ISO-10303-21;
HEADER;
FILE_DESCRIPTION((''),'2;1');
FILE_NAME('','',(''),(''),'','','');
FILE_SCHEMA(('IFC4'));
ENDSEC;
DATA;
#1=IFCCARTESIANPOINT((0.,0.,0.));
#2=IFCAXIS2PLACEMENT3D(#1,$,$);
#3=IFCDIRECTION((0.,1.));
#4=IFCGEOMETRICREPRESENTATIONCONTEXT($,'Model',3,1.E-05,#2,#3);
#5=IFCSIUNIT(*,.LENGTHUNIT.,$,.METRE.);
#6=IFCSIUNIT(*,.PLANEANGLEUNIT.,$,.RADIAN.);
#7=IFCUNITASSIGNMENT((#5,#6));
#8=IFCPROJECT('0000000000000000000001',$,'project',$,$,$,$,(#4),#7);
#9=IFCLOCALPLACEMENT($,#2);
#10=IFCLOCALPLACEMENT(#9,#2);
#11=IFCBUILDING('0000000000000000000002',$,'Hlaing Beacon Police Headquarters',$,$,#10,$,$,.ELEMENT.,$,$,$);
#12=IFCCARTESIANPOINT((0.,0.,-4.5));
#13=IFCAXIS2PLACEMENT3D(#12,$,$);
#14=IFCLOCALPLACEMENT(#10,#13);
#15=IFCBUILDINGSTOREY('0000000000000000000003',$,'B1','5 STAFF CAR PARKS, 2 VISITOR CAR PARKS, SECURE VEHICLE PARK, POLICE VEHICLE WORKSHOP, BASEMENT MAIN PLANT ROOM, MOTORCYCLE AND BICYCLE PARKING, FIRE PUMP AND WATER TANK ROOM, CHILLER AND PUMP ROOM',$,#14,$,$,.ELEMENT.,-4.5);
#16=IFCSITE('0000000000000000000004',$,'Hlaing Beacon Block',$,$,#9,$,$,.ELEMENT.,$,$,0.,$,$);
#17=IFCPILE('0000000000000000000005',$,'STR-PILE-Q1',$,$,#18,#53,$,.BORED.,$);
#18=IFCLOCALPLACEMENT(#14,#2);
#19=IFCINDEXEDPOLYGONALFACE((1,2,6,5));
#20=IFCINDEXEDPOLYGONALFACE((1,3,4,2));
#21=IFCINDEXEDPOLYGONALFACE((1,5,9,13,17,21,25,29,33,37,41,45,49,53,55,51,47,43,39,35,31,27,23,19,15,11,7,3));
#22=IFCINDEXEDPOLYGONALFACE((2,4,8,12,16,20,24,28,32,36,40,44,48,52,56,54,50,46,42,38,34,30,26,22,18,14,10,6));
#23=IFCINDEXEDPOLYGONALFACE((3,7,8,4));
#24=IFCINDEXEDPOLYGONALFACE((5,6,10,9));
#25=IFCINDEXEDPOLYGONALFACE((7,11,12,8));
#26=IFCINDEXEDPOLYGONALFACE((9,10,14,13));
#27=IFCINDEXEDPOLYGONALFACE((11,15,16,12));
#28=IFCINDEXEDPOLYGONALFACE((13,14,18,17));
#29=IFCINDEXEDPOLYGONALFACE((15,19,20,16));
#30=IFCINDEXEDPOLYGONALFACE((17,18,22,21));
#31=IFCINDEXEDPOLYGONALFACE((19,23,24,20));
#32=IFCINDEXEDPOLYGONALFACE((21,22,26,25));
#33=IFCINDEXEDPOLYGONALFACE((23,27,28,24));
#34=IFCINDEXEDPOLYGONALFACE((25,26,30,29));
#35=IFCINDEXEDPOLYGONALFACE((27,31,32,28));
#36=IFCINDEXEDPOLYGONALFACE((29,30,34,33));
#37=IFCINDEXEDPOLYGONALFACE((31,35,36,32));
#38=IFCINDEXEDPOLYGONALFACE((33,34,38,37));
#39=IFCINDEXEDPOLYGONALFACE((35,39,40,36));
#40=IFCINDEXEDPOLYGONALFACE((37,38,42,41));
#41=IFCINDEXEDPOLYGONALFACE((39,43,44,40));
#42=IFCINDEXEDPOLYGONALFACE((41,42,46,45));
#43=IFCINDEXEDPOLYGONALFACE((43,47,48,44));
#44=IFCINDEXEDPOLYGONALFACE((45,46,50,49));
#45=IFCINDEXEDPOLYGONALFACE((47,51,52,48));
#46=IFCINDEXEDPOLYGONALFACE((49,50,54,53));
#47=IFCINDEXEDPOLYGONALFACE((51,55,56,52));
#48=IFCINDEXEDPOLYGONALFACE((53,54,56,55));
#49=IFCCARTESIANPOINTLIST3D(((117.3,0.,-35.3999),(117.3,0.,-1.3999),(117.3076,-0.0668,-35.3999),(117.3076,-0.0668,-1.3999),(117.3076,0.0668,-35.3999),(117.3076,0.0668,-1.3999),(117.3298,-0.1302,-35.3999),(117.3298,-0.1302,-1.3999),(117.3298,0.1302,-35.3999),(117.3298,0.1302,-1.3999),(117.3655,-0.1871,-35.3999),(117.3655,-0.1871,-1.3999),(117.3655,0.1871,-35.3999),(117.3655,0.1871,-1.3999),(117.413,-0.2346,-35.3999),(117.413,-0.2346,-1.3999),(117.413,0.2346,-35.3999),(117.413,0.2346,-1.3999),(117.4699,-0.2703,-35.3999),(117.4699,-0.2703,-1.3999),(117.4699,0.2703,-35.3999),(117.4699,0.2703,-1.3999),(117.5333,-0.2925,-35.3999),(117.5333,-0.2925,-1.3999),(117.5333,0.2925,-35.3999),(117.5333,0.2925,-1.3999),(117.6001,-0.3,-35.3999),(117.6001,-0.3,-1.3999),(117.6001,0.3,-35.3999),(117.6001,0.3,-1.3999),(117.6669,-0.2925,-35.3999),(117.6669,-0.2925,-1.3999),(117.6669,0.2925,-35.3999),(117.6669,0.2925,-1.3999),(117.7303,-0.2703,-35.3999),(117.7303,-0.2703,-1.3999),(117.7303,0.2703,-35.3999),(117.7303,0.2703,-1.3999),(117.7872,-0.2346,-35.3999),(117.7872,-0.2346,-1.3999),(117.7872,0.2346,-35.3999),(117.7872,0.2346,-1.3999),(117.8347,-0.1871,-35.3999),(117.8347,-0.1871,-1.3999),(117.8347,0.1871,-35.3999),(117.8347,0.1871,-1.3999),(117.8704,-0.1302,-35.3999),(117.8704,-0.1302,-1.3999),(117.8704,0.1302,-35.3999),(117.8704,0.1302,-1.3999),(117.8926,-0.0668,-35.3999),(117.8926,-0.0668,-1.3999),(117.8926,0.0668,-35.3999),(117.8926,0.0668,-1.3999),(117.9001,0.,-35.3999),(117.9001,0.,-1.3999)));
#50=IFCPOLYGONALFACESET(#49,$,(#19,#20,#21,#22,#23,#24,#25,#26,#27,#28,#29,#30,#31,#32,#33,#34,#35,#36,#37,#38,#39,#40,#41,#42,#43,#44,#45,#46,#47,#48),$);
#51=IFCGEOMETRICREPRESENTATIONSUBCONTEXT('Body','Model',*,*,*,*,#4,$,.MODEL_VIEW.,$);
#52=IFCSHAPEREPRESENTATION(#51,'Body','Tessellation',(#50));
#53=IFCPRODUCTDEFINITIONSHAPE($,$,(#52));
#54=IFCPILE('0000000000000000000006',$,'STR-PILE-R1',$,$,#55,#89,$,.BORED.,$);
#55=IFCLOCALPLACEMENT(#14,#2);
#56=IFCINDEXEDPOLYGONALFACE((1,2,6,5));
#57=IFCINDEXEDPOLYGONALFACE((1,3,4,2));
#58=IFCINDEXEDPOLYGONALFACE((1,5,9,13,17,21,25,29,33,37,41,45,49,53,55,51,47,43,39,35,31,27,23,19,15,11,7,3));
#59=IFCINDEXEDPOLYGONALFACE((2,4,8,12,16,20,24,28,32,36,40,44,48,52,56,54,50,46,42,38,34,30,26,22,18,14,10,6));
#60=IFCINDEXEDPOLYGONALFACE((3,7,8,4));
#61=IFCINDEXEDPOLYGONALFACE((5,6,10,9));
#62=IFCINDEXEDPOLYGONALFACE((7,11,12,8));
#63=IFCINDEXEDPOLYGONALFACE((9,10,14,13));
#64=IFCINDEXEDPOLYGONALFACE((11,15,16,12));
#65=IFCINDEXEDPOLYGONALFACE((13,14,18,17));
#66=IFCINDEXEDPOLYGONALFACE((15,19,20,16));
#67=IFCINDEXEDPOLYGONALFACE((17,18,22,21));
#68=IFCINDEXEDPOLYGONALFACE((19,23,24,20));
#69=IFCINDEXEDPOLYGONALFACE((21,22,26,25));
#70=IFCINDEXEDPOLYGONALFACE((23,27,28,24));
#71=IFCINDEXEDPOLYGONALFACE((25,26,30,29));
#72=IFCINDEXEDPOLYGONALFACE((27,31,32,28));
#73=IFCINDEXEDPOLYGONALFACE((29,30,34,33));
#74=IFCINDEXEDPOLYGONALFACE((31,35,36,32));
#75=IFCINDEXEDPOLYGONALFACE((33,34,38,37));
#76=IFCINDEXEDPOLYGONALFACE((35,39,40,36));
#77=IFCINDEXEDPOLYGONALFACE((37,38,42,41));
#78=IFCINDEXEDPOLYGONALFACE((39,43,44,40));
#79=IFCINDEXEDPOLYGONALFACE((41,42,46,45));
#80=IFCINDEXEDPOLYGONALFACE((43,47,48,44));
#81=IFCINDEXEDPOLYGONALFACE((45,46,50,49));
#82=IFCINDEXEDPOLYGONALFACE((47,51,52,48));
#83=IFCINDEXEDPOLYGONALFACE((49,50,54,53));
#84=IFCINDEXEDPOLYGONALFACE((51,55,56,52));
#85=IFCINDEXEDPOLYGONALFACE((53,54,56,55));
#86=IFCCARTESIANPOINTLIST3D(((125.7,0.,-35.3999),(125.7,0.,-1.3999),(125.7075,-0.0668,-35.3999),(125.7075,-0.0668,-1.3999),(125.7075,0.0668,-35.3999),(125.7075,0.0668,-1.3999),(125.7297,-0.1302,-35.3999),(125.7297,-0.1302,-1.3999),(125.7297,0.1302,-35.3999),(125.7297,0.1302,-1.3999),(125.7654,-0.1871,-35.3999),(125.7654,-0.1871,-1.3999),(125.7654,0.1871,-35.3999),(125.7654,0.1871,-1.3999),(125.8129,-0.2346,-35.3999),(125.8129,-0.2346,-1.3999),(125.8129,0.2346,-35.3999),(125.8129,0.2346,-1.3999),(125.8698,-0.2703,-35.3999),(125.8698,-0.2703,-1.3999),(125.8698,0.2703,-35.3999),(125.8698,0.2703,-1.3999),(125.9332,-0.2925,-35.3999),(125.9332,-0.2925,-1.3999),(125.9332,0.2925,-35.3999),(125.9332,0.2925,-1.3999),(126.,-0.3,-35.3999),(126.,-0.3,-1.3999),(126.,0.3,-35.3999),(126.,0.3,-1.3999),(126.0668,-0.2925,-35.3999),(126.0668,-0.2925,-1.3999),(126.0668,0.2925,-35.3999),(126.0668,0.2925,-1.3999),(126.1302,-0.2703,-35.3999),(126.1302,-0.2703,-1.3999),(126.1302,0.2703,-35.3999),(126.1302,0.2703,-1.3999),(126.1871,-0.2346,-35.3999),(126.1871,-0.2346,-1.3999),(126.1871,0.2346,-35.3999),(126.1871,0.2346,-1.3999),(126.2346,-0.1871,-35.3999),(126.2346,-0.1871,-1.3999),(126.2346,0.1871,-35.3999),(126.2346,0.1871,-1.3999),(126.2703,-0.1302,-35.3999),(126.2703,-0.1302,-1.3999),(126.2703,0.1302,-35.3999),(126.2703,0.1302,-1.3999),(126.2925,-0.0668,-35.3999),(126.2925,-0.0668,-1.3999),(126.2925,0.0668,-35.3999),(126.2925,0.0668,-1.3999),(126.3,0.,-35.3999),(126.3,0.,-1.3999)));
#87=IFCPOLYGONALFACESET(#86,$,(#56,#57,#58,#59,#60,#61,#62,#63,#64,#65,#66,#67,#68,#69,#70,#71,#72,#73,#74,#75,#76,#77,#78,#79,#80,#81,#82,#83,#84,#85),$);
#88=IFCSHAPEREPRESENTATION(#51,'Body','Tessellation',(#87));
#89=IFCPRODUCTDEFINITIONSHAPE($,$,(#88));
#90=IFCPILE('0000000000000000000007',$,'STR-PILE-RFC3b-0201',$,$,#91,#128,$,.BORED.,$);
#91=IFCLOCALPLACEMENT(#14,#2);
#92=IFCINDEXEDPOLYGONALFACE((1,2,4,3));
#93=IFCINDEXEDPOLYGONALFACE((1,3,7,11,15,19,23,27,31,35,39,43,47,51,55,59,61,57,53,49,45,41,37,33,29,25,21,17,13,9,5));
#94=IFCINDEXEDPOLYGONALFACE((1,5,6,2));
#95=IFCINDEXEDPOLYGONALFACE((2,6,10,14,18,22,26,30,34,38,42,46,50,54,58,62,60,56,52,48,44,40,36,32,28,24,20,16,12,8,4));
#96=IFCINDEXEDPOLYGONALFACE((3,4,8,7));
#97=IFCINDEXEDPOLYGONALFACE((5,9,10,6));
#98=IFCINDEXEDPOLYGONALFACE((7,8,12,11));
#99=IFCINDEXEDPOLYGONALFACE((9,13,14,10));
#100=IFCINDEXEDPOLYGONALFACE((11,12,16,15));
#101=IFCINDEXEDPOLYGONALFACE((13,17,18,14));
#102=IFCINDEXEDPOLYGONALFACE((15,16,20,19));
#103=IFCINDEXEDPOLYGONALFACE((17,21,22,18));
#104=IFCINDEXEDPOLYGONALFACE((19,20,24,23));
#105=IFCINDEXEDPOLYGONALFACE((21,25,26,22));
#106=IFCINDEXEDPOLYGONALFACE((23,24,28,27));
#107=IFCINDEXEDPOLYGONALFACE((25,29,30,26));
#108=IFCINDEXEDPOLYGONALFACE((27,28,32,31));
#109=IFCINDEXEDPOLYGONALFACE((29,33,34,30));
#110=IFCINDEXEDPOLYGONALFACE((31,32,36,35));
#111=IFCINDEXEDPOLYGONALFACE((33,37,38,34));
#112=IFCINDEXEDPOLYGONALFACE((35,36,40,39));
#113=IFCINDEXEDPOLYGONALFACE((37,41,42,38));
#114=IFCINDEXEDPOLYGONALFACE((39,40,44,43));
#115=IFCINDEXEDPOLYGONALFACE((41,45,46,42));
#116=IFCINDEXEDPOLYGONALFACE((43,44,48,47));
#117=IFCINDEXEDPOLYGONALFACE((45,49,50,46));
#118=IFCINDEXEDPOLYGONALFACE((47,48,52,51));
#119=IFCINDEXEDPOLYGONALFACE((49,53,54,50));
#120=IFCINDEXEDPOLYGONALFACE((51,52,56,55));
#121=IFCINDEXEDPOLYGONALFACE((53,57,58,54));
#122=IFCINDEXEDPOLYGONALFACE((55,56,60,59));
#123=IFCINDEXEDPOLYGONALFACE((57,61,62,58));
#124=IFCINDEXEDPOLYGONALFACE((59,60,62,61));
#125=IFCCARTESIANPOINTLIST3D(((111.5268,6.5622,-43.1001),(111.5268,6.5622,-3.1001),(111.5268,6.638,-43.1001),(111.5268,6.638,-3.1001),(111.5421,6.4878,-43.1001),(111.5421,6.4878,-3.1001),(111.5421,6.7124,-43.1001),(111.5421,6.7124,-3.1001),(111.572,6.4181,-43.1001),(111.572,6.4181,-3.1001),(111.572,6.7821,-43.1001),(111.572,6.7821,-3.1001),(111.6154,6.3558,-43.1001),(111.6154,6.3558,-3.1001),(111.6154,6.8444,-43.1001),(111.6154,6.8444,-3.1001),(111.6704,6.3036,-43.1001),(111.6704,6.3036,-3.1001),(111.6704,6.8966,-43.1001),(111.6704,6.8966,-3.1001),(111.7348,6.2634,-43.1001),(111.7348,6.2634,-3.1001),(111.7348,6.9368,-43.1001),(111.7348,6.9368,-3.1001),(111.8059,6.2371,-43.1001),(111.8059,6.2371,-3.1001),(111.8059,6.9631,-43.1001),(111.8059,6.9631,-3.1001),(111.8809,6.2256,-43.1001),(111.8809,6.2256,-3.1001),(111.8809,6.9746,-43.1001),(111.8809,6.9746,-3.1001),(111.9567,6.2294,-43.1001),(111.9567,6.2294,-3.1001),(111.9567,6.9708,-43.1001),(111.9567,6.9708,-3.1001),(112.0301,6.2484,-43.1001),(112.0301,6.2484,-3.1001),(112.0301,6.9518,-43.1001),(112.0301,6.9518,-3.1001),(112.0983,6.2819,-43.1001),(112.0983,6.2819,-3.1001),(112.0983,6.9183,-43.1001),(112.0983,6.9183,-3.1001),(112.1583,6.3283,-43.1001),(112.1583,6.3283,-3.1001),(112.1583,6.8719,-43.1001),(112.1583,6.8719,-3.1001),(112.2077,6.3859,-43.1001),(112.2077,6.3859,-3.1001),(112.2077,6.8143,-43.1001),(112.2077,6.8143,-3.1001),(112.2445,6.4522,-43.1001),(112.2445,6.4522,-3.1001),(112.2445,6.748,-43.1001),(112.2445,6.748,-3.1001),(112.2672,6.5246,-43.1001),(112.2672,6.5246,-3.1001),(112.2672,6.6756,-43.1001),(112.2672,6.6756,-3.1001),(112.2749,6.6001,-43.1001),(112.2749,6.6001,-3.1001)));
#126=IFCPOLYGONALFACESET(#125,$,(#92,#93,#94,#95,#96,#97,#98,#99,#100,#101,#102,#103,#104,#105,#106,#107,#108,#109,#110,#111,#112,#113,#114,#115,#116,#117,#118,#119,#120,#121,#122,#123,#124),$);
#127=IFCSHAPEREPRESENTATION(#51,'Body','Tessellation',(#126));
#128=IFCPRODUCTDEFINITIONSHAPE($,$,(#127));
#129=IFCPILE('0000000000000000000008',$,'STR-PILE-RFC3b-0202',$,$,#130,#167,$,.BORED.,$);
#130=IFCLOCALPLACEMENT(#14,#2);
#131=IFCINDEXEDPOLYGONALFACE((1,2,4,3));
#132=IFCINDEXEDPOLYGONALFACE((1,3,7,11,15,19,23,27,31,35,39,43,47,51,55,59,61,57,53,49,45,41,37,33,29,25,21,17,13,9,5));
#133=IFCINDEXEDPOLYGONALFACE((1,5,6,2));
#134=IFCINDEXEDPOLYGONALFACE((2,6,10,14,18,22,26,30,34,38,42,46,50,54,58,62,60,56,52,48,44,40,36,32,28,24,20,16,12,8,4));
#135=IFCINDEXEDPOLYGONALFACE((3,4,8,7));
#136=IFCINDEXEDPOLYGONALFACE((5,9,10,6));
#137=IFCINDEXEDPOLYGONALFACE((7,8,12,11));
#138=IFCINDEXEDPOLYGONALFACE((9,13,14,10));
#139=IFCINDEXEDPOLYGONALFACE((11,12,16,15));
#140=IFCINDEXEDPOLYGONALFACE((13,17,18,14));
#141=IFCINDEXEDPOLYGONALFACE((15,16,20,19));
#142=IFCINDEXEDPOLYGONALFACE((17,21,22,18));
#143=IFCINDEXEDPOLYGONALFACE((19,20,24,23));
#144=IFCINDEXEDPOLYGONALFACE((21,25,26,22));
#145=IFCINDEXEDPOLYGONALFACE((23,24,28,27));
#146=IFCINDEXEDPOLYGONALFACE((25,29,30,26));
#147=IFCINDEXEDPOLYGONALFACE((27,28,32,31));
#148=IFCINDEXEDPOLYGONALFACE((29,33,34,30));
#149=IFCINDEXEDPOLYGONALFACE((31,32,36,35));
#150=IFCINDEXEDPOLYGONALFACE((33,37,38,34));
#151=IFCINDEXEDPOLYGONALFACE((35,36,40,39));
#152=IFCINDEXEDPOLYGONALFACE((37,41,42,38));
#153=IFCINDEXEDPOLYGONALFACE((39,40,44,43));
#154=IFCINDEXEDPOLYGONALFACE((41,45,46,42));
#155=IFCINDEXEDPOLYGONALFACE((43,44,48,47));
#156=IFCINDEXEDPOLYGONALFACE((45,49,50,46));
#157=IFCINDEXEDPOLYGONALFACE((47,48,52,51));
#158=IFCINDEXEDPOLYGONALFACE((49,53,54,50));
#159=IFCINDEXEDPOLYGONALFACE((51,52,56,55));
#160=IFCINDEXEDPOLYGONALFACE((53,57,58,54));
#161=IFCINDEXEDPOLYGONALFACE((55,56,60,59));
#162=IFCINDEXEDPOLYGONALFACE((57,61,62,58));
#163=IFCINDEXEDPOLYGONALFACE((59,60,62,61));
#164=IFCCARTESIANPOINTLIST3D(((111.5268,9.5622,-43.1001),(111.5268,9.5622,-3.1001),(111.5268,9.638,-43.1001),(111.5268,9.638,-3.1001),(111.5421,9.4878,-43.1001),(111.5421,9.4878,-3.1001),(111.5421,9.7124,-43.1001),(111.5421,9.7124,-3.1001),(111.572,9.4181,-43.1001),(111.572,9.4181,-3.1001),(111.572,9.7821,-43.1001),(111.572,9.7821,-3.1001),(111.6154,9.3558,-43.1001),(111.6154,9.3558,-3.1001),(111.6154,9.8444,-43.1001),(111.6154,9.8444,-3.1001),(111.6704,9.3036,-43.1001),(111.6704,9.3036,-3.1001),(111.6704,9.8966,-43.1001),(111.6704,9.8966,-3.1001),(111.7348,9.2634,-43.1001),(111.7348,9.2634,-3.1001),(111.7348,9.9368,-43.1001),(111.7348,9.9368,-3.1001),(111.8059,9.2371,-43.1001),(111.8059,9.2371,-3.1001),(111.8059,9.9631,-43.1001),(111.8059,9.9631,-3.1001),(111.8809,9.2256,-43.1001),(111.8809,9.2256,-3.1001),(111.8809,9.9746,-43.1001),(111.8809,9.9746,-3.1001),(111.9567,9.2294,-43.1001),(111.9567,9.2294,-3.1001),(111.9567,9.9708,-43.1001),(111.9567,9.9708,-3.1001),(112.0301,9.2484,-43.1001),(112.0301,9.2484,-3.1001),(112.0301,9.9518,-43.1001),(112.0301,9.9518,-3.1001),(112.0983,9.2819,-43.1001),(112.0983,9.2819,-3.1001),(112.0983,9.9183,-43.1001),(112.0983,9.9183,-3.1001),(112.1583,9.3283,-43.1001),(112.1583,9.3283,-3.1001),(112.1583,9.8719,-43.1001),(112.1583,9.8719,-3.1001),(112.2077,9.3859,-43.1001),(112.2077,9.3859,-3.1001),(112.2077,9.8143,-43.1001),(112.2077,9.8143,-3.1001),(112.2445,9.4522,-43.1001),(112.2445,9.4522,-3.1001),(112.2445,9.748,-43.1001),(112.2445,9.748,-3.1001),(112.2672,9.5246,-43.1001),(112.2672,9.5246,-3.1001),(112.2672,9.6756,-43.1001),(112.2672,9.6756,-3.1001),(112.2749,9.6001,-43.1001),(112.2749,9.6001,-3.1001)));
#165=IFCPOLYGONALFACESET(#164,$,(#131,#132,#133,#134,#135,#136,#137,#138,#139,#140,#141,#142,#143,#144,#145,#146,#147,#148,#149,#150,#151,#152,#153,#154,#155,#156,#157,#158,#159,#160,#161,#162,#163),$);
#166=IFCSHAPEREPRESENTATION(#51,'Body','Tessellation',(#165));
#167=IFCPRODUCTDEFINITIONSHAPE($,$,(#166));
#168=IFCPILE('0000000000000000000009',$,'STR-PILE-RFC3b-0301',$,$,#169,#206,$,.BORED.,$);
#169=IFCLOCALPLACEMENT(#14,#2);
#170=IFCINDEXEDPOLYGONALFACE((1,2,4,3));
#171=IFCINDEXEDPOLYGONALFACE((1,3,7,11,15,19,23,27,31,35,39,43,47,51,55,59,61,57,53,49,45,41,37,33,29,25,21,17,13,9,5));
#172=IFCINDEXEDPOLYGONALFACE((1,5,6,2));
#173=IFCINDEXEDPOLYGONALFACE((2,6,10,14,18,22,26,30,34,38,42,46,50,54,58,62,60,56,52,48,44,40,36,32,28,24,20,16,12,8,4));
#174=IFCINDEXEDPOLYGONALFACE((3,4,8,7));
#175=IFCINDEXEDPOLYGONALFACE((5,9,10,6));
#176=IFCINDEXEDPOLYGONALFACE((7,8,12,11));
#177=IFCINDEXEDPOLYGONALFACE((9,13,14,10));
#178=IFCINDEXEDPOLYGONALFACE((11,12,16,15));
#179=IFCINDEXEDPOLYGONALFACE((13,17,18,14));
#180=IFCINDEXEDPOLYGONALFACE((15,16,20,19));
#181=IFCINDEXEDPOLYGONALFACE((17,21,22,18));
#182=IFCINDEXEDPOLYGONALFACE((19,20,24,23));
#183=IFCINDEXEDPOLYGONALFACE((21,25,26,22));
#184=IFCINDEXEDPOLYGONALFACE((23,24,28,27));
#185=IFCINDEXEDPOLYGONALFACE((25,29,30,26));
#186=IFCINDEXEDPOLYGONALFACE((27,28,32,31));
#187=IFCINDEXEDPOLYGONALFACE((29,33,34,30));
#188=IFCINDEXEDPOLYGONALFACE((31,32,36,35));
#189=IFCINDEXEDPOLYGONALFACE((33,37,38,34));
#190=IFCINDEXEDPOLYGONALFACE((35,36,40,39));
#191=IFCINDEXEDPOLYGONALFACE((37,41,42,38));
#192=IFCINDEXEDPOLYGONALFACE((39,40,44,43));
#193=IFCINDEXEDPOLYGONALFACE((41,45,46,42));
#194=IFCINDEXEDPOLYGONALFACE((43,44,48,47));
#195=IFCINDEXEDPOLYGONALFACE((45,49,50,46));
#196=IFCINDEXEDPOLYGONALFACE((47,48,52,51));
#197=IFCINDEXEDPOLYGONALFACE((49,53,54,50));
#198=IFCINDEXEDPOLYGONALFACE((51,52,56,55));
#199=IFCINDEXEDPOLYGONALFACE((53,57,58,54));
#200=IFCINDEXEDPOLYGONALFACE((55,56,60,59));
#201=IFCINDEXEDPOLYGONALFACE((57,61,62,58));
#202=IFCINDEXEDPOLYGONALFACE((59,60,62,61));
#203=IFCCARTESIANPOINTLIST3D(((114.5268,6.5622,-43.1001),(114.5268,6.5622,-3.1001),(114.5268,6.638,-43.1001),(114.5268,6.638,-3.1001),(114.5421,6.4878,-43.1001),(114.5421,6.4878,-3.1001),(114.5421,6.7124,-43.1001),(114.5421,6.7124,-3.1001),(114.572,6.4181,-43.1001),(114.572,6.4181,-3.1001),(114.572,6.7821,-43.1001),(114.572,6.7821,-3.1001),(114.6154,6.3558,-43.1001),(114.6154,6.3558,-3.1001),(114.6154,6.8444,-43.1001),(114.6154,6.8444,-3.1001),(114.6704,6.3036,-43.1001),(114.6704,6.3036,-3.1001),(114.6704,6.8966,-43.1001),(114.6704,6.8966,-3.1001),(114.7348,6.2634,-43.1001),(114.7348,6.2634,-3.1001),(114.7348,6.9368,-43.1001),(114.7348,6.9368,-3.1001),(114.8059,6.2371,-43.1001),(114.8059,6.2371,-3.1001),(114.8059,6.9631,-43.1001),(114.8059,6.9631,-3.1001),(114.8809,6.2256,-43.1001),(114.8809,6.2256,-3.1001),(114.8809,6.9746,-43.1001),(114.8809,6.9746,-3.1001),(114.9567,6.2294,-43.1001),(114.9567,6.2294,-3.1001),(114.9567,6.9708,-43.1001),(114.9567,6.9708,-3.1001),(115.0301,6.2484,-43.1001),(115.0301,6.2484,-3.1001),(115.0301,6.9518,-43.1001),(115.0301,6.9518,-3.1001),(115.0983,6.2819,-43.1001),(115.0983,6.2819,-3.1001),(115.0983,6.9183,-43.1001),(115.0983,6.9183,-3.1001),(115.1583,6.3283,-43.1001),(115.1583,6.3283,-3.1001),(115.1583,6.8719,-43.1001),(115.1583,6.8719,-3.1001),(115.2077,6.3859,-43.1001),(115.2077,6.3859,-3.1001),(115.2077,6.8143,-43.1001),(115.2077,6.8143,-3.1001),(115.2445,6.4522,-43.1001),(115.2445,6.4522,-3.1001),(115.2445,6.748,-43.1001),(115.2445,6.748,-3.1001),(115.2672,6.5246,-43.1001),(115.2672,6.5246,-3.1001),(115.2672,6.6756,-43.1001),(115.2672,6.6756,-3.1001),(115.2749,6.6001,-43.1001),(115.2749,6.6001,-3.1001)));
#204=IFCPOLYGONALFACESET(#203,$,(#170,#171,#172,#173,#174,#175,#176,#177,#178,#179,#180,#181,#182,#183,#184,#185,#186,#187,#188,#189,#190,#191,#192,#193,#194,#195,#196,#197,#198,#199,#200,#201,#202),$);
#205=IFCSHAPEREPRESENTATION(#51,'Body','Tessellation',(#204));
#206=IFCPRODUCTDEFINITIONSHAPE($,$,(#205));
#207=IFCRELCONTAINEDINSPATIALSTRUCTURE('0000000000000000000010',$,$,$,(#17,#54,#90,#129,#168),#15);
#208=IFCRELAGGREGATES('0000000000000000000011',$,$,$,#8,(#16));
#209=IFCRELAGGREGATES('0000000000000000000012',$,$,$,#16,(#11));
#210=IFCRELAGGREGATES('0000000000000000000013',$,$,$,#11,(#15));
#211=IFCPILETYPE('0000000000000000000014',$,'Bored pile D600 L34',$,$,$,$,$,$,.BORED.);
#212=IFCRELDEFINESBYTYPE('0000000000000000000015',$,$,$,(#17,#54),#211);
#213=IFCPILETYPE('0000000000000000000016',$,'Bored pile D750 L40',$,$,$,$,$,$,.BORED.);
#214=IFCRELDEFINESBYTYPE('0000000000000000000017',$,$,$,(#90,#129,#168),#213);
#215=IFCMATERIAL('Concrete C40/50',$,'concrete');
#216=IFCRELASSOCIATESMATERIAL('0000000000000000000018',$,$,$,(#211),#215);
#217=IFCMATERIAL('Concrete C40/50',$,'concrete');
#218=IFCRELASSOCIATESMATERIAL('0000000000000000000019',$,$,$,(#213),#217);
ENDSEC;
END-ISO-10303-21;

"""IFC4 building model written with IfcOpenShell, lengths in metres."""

from ifc_helpers import new_model, si_unit, direction, frame, origin, origin_2d, place, context, subcontext, project, spatial, circle, extrude, material, material_profile, profile_set, type_object, element, save


model = new_model("IFC4")

# Units and contexts
model_context = context("Model", 3, precision=1e-05, world=origin(), true_north=direction((0.0, 1.0)))
body_context = subcontext(model_context, "Body", "Model", "MODEL_VIEW")
ifc_project = project(units=[si_unit("LENGTHUNIT", "METRE"), si_unit("PLANEANGLEUNIT", "RADIAN")], contexts=[model_context])

# Site, building, storey
site_placement = place(None, origin())
site = spatial("IfcSite", under=ifc_project, at=site_placement, Name="Hlaing Beacon Block", CompositionType="ELEMENT", RefElevation=0.0)
building_placement = place(site_placement, origin())
building = spatial("IfcBuilding", under=site, at=building_placement, Name="Hlaing Beacon Police Headquarters", CompositionType="ELEMENT")
storey_placement = place(building_placement, frame((0.0, 0.0, -4.5)))
storey = spatial("IfcBuildingStorey", under=building, at=storey_placement, Name="B1", Description="5 STAFF CAR PARKS, 2 VISITOR CAR PARKS, SECURE VEHICLE PARK, POLICE VEHICLE WORKSHOP, BASEMENT MAIN PLANT ROOM, MOTORCYCLE AND BICYCLE PARKING, FIRE PUMP AND WATER TANK ROOM, CHILLER AND PUMP ROOM", CompositionType="ELEMENT", Elevation=-4.5)

# Piles
ifc_material_1 = material(Name="Concrete C40/50", Category="concrete")
ifc_material_profile_1 = material_profile(ifc_material_1, circle(Radius=0.3, at=origin_2d()), Name="D600")
ifc_profile_set_1 = profile_set([ifc_material_profile_1], Name="Concrete C40/50")
pile_type_1 = type_object("IfcPileType", Name="Bored pile D600 L34", PredefinedType="BORED", material=ifc_profile_set_1)
for number, where, z_axis, x_axis, name in (
    (1, (117.6001, 0.0, -1.3999), (0.0, 0.0, -1.0), (1.0, 0.0, 0.0), "STR-PILE-Q1"),
    (2, (126.0, 0.0, -1.3999), (0.0, 0.0, -1.0), (1.0, 0.0, 0.0), "STR-PILE-R1"),
):
    element("IfcPile", number, at=place(storey_placement, frame(where, z_axis=z_axis, x_axis=x_axis)), inside=storey, type_object=pile_type_1, Name=name, PredefinedType="BORED", context=body_context, shape_type="SweptSolid", body=[
        extrude(circle(Radius=0.3, at=origin_2d()), origin(), (0.0, 0.0, 1.0), 34.0),
    ])
ifc_material_2 = material(Name="Concrete C40/50", Category="concrete")
ifc_material_profile_2 = material_profile(ifc_material_2, circle(Radius=0.375, at=origin_2d()), Name="D750")
ifc_profile_set_2 = profile_set([ifc_material_profile_2], Name="Concrete C40/50")
pile_type_2 = type_object("IfcPileType", Name="Bored pile D750 L40", PredefinedType="BORED", material=ifc_profile_set_2)
for number, where, z_axis, x_axis, name in (
    (3, (111.8999, 6.6001, -3.1001), (0.0, 0.0, -1.0), (1.0, 0.0, 0.0), "STR-PILE-RFC3b-0201"),
    (4, (111.8999, 9.6001, -3.1001), (0.0, 0.0, -1.0), (1.0, 0.0, 0.0), "STR-PILE-RFC3b-0202"),
    (5, (114.8999, 6.6001, -3.1001), (0.0, 0.0, -1.0), (1.0, 0.0, 0.0), "STR-PILE-RFC3b-0301"),
):
    element("IfcPile", number, at=place(storey_placement, frame(where, z_axis=z_axis, x_axis=x_axis)), inside=storey, type_object=pile_type_2, Name=name, PredefinedType="BORED", context=body_context, shape_type="SweptSolid", body=[
        extrude(circle(Radius=0.375, at=origin_2d()), origin(), (0.0, 0.0, 1.0), 40.0),
    ])

save(model, "model.ifc")
